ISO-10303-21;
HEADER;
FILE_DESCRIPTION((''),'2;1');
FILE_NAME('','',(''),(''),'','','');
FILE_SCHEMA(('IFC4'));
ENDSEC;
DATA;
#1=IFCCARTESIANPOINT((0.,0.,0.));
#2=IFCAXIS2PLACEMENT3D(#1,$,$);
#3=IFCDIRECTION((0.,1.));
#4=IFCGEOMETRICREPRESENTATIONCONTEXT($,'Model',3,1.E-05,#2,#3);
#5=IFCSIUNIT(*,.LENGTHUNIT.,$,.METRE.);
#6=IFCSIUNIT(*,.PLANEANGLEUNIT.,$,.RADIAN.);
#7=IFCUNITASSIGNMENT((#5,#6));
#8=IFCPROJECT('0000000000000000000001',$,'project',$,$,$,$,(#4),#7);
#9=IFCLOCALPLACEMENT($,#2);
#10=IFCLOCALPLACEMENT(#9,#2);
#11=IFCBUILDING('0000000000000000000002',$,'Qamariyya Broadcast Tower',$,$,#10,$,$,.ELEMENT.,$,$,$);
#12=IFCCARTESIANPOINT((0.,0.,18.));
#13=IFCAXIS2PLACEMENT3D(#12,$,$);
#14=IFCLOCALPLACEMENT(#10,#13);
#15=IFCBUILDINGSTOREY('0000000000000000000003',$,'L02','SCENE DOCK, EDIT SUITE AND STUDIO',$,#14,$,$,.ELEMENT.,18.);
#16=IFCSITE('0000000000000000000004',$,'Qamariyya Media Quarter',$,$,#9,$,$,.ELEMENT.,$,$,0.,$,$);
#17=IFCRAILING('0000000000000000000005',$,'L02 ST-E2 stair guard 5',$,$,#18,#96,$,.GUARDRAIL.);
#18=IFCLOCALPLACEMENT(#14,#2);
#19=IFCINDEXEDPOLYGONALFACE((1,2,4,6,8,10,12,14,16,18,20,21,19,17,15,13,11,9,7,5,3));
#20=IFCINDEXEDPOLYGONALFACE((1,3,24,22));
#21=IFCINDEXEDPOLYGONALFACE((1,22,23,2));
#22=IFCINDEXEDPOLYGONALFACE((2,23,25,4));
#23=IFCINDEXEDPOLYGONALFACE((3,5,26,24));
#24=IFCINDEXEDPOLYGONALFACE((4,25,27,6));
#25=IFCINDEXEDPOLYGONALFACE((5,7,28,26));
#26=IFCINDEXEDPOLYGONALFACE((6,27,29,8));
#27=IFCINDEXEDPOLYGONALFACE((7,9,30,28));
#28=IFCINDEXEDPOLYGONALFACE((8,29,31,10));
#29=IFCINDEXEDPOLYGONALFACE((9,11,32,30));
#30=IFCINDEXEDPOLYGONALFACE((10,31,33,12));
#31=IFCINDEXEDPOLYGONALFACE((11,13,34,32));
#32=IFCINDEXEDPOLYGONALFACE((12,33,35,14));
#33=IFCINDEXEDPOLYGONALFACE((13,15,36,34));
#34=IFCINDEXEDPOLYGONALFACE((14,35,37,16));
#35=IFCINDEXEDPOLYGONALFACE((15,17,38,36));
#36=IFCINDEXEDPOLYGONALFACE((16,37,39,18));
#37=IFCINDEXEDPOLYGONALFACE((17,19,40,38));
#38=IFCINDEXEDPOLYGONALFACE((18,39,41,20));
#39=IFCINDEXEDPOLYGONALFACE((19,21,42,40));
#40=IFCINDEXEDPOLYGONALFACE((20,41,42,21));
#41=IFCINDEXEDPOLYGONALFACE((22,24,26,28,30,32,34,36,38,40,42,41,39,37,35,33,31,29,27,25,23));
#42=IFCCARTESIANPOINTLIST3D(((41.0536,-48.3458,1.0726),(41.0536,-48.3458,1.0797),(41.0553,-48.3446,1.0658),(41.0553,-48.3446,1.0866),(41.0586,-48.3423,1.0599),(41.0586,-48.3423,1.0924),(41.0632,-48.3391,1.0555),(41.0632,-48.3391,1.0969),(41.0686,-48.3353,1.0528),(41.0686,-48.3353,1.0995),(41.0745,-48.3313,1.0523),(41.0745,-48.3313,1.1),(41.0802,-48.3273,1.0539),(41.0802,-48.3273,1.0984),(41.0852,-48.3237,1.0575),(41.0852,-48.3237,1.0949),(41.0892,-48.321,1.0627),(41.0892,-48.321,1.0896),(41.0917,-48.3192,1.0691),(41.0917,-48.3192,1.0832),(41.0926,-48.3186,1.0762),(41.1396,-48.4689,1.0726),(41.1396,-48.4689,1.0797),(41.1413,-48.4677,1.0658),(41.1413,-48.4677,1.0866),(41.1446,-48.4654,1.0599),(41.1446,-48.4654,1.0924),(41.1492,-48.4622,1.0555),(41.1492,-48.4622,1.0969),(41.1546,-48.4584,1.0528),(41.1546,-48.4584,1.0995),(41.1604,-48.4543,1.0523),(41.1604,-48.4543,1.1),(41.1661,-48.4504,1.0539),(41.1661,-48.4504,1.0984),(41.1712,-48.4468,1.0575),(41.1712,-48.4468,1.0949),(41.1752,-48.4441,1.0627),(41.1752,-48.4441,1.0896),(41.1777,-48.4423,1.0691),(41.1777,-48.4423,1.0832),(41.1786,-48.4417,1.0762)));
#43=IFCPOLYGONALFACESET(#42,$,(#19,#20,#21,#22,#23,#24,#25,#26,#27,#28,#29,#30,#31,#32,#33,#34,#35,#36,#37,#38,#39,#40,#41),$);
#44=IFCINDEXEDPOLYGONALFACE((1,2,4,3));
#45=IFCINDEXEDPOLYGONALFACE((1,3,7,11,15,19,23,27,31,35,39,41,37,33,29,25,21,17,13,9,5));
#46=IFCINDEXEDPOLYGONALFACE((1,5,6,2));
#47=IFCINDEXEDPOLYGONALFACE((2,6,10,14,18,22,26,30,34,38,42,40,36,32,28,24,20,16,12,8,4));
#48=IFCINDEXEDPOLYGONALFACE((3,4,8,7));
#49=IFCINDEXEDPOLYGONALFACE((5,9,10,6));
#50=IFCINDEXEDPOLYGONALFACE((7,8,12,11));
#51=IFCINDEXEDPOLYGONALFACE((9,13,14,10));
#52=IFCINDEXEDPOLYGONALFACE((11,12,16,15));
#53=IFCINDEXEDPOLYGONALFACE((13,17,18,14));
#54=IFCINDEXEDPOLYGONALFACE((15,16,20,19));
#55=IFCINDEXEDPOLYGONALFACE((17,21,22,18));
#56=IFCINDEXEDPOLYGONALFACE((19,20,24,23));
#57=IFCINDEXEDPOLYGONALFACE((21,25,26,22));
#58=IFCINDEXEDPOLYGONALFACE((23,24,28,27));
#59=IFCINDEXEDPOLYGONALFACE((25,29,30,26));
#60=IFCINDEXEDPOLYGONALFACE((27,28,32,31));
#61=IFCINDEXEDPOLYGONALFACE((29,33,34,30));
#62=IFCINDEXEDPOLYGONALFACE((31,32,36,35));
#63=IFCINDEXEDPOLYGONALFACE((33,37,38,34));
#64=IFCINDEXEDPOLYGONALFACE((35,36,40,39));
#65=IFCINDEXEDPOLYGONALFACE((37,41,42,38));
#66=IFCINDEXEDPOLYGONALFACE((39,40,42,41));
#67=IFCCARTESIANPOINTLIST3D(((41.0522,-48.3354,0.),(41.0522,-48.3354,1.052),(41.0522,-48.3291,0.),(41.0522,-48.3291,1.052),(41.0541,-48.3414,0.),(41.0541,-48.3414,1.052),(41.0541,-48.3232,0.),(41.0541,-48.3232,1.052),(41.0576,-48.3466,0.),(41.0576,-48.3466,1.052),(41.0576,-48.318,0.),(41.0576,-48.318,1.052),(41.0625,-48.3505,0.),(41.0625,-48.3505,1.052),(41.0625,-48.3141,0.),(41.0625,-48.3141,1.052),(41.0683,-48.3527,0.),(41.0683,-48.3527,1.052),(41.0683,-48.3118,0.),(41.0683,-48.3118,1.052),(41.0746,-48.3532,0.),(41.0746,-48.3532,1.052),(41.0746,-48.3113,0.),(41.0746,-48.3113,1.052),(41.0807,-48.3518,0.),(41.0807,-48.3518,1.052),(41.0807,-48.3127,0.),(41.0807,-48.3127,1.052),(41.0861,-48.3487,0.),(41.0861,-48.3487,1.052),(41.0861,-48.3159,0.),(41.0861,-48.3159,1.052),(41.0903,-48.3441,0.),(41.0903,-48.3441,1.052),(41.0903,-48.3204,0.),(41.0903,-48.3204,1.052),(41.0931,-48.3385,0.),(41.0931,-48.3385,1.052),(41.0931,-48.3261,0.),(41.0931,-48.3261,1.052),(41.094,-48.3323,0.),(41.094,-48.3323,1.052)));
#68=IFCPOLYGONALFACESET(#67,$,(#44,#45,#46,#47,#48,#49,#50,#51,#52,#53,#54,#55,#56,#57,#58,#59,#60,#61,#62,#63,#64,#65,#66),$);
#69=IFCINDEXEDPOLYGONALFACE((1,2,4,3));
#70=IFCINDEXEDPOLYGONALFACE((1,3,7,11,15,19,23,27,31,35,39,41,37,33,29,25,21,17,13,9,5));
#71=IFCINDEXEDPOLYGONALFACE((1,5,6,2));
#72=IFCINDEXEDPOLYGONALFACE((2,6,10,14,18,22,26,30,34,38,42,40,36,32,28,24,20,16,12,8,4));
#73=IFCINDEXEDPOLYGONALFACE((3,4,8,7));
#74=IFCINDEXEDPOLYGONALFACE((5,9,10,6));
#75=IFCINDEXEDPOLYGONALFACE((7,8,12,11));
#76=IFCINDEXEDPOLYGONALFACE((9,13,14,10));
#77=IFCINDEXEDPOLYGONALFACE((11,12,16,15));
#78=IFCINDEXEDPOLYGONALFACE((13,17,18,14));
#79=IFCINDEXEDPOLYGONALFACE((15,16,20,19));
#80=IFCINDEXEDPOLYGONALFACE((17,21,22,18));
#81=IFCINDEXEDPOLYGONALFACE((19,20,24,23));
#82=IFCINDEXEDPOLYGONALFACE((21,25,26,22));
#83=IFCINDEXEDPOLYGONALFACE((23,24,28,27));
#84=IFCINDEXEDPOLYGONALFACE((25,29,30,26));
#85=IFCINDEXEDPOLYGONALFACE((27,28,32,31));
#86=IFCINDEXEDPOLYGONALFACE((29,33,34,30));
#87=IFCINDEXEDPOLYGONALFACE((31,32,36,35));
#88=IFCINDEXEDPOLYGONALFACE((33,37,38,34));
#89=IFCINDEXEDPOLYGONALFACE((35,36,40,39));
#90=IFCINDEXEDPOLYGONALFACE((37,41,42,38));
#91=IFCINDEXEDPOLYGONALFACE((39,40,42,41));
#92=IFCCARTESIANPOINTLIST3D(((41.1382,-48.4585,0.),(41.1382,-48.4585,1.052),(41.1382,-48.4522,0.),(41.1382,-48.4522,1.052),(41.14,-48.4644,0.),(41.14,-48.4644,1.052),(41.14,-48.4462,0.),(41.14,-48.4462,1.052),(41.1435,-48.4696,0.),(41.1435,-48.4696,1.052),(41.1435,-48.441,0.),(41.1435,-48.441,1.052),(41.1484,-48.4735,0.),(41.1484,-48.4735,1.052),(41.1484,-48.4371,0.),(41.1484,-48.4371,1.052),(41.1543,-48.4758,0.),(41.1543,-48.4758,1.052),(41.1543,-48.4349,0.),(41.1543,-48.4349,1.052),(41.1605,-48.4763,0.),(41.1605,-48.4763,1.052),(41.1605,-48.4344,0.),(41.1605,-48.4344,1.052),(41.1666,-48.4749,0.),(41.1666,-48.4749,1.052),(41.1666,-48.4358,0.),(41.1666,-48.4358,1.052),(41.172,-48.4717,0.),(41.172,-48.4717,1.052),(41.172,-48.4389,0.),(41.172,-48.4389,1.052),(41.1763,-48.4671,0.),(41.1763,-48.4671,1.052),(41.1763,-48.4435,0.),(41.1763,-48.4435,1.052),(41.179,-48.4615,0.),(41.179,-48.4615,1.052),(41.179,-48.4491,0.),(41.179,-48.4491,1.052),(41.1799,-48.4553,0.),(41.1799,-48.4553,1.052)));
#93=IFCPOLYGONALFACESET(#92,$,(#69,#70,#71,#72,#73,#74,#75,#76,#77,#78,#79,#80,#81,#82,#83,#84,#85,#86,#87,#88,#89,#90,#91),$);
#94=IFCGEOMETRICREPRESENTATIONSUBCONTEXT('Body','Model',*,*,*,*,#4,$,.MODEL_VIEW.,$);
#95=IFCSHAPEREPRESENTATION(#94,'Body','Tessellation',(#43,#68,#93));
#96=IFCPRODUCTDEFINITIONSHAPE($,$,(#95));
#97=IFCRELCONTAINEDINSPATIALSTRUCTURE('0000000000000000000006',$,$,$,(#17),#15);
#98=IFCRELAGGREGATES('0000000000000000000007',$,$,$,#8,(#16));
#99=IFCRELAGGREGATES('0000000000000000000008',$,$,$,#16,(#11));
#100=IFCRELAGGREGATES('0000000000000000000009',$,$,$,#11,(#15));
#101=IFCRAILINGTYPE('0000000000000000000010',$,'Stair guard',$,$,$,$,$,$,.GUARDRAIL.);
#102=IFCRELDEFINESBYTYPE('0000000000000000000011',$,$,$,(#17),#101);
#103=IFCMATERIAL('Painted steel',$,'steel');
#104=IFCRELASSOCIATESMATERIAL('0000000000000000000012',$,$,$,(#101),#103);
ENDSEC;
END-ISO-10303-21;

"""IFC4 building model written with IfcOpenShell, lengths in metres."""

from ifc_helpers import new_model, si_unit, direction, frame, origin, origin_2d, place, context, subcontext, project, spatial, circle, extrude, material, type_object, element, save


model = new_model("IFC4")

# Units and contexts
model_context = context("Model", 3, precision=1e-05, world=origin(), true_north=direction((0.0, 1.0)))
body_context = subcontext(model_context, "Body", "Model", "MODEL_VIEW")
ifc_project = project(units=[si_unit("LENGTHUNIT", "METRE"), si_unit("PLANEANGLEUNIT", "RADIAN")], contexts=[model_context])

# Site, building, storey
site_placement = place(None, origin())
site = spatial("IfcSite", under=ifc_project, at=site_placement, Name="Qamariyya Media Quarter", CompositionType="ELEMENT", RefElevation=0.0)
building_placement = place(site_placement, origin())
building = spatial("IfcBuilding", under=site, at=building_placement, Name="Qamariyya Broadcast Tower", CompositionType="ELEMENT")
storey_placement = place(building_placement, frame((0.0, 0.0, 18.0)))
storey = spatial("IfcBuildingStorey", under=building, at=storey_placement, Name="L02", Description="SCENE DOCK, EDIT SUITE AND STUDIO", CompositionType="ELEMENT", Elevation=18.0)

# Railing
ifc_material_1 = material(Name="Painted steel", Category="steel")
railing_type = type_object("IfcRailingType", Name="Stair guard", PredefinedType="GUARDRAIL", material=ifc_material_1)
railing_placement = place(storey_placement, frame((41.073, -48.3323, 0.0)))
element("IfcRailing", 1, at=railing_placement, inside=storey, type_object=railing_type, Name="L02 ST-E2 stair guard 5", PredefinedType="GUARDRAIL", context=body_context, shape_type="SweptSolid", body=[
    extrude(circle(Radius=0.0239, at=origin_2d()), frame((0.0, 0.0, 1.0762), z_axis=(0.572589, -0.819843, 0.0), x_axis=(0.819843, 0.572589, 0.0)), (0.0, 0.0, 1.0), 0.1501),
    extrude(circle(Radius=0.021, at=origin_2d()), origin(), (0.0, 0.0, 1.0), 1.052),
    extrude(circle(Radius=0.021, at=origin_2d()), frame((0.0859, -0.123, 0.0)), (0.0, 0.0, 1.0), 1.052),
])

save(model, "model.ifc")
